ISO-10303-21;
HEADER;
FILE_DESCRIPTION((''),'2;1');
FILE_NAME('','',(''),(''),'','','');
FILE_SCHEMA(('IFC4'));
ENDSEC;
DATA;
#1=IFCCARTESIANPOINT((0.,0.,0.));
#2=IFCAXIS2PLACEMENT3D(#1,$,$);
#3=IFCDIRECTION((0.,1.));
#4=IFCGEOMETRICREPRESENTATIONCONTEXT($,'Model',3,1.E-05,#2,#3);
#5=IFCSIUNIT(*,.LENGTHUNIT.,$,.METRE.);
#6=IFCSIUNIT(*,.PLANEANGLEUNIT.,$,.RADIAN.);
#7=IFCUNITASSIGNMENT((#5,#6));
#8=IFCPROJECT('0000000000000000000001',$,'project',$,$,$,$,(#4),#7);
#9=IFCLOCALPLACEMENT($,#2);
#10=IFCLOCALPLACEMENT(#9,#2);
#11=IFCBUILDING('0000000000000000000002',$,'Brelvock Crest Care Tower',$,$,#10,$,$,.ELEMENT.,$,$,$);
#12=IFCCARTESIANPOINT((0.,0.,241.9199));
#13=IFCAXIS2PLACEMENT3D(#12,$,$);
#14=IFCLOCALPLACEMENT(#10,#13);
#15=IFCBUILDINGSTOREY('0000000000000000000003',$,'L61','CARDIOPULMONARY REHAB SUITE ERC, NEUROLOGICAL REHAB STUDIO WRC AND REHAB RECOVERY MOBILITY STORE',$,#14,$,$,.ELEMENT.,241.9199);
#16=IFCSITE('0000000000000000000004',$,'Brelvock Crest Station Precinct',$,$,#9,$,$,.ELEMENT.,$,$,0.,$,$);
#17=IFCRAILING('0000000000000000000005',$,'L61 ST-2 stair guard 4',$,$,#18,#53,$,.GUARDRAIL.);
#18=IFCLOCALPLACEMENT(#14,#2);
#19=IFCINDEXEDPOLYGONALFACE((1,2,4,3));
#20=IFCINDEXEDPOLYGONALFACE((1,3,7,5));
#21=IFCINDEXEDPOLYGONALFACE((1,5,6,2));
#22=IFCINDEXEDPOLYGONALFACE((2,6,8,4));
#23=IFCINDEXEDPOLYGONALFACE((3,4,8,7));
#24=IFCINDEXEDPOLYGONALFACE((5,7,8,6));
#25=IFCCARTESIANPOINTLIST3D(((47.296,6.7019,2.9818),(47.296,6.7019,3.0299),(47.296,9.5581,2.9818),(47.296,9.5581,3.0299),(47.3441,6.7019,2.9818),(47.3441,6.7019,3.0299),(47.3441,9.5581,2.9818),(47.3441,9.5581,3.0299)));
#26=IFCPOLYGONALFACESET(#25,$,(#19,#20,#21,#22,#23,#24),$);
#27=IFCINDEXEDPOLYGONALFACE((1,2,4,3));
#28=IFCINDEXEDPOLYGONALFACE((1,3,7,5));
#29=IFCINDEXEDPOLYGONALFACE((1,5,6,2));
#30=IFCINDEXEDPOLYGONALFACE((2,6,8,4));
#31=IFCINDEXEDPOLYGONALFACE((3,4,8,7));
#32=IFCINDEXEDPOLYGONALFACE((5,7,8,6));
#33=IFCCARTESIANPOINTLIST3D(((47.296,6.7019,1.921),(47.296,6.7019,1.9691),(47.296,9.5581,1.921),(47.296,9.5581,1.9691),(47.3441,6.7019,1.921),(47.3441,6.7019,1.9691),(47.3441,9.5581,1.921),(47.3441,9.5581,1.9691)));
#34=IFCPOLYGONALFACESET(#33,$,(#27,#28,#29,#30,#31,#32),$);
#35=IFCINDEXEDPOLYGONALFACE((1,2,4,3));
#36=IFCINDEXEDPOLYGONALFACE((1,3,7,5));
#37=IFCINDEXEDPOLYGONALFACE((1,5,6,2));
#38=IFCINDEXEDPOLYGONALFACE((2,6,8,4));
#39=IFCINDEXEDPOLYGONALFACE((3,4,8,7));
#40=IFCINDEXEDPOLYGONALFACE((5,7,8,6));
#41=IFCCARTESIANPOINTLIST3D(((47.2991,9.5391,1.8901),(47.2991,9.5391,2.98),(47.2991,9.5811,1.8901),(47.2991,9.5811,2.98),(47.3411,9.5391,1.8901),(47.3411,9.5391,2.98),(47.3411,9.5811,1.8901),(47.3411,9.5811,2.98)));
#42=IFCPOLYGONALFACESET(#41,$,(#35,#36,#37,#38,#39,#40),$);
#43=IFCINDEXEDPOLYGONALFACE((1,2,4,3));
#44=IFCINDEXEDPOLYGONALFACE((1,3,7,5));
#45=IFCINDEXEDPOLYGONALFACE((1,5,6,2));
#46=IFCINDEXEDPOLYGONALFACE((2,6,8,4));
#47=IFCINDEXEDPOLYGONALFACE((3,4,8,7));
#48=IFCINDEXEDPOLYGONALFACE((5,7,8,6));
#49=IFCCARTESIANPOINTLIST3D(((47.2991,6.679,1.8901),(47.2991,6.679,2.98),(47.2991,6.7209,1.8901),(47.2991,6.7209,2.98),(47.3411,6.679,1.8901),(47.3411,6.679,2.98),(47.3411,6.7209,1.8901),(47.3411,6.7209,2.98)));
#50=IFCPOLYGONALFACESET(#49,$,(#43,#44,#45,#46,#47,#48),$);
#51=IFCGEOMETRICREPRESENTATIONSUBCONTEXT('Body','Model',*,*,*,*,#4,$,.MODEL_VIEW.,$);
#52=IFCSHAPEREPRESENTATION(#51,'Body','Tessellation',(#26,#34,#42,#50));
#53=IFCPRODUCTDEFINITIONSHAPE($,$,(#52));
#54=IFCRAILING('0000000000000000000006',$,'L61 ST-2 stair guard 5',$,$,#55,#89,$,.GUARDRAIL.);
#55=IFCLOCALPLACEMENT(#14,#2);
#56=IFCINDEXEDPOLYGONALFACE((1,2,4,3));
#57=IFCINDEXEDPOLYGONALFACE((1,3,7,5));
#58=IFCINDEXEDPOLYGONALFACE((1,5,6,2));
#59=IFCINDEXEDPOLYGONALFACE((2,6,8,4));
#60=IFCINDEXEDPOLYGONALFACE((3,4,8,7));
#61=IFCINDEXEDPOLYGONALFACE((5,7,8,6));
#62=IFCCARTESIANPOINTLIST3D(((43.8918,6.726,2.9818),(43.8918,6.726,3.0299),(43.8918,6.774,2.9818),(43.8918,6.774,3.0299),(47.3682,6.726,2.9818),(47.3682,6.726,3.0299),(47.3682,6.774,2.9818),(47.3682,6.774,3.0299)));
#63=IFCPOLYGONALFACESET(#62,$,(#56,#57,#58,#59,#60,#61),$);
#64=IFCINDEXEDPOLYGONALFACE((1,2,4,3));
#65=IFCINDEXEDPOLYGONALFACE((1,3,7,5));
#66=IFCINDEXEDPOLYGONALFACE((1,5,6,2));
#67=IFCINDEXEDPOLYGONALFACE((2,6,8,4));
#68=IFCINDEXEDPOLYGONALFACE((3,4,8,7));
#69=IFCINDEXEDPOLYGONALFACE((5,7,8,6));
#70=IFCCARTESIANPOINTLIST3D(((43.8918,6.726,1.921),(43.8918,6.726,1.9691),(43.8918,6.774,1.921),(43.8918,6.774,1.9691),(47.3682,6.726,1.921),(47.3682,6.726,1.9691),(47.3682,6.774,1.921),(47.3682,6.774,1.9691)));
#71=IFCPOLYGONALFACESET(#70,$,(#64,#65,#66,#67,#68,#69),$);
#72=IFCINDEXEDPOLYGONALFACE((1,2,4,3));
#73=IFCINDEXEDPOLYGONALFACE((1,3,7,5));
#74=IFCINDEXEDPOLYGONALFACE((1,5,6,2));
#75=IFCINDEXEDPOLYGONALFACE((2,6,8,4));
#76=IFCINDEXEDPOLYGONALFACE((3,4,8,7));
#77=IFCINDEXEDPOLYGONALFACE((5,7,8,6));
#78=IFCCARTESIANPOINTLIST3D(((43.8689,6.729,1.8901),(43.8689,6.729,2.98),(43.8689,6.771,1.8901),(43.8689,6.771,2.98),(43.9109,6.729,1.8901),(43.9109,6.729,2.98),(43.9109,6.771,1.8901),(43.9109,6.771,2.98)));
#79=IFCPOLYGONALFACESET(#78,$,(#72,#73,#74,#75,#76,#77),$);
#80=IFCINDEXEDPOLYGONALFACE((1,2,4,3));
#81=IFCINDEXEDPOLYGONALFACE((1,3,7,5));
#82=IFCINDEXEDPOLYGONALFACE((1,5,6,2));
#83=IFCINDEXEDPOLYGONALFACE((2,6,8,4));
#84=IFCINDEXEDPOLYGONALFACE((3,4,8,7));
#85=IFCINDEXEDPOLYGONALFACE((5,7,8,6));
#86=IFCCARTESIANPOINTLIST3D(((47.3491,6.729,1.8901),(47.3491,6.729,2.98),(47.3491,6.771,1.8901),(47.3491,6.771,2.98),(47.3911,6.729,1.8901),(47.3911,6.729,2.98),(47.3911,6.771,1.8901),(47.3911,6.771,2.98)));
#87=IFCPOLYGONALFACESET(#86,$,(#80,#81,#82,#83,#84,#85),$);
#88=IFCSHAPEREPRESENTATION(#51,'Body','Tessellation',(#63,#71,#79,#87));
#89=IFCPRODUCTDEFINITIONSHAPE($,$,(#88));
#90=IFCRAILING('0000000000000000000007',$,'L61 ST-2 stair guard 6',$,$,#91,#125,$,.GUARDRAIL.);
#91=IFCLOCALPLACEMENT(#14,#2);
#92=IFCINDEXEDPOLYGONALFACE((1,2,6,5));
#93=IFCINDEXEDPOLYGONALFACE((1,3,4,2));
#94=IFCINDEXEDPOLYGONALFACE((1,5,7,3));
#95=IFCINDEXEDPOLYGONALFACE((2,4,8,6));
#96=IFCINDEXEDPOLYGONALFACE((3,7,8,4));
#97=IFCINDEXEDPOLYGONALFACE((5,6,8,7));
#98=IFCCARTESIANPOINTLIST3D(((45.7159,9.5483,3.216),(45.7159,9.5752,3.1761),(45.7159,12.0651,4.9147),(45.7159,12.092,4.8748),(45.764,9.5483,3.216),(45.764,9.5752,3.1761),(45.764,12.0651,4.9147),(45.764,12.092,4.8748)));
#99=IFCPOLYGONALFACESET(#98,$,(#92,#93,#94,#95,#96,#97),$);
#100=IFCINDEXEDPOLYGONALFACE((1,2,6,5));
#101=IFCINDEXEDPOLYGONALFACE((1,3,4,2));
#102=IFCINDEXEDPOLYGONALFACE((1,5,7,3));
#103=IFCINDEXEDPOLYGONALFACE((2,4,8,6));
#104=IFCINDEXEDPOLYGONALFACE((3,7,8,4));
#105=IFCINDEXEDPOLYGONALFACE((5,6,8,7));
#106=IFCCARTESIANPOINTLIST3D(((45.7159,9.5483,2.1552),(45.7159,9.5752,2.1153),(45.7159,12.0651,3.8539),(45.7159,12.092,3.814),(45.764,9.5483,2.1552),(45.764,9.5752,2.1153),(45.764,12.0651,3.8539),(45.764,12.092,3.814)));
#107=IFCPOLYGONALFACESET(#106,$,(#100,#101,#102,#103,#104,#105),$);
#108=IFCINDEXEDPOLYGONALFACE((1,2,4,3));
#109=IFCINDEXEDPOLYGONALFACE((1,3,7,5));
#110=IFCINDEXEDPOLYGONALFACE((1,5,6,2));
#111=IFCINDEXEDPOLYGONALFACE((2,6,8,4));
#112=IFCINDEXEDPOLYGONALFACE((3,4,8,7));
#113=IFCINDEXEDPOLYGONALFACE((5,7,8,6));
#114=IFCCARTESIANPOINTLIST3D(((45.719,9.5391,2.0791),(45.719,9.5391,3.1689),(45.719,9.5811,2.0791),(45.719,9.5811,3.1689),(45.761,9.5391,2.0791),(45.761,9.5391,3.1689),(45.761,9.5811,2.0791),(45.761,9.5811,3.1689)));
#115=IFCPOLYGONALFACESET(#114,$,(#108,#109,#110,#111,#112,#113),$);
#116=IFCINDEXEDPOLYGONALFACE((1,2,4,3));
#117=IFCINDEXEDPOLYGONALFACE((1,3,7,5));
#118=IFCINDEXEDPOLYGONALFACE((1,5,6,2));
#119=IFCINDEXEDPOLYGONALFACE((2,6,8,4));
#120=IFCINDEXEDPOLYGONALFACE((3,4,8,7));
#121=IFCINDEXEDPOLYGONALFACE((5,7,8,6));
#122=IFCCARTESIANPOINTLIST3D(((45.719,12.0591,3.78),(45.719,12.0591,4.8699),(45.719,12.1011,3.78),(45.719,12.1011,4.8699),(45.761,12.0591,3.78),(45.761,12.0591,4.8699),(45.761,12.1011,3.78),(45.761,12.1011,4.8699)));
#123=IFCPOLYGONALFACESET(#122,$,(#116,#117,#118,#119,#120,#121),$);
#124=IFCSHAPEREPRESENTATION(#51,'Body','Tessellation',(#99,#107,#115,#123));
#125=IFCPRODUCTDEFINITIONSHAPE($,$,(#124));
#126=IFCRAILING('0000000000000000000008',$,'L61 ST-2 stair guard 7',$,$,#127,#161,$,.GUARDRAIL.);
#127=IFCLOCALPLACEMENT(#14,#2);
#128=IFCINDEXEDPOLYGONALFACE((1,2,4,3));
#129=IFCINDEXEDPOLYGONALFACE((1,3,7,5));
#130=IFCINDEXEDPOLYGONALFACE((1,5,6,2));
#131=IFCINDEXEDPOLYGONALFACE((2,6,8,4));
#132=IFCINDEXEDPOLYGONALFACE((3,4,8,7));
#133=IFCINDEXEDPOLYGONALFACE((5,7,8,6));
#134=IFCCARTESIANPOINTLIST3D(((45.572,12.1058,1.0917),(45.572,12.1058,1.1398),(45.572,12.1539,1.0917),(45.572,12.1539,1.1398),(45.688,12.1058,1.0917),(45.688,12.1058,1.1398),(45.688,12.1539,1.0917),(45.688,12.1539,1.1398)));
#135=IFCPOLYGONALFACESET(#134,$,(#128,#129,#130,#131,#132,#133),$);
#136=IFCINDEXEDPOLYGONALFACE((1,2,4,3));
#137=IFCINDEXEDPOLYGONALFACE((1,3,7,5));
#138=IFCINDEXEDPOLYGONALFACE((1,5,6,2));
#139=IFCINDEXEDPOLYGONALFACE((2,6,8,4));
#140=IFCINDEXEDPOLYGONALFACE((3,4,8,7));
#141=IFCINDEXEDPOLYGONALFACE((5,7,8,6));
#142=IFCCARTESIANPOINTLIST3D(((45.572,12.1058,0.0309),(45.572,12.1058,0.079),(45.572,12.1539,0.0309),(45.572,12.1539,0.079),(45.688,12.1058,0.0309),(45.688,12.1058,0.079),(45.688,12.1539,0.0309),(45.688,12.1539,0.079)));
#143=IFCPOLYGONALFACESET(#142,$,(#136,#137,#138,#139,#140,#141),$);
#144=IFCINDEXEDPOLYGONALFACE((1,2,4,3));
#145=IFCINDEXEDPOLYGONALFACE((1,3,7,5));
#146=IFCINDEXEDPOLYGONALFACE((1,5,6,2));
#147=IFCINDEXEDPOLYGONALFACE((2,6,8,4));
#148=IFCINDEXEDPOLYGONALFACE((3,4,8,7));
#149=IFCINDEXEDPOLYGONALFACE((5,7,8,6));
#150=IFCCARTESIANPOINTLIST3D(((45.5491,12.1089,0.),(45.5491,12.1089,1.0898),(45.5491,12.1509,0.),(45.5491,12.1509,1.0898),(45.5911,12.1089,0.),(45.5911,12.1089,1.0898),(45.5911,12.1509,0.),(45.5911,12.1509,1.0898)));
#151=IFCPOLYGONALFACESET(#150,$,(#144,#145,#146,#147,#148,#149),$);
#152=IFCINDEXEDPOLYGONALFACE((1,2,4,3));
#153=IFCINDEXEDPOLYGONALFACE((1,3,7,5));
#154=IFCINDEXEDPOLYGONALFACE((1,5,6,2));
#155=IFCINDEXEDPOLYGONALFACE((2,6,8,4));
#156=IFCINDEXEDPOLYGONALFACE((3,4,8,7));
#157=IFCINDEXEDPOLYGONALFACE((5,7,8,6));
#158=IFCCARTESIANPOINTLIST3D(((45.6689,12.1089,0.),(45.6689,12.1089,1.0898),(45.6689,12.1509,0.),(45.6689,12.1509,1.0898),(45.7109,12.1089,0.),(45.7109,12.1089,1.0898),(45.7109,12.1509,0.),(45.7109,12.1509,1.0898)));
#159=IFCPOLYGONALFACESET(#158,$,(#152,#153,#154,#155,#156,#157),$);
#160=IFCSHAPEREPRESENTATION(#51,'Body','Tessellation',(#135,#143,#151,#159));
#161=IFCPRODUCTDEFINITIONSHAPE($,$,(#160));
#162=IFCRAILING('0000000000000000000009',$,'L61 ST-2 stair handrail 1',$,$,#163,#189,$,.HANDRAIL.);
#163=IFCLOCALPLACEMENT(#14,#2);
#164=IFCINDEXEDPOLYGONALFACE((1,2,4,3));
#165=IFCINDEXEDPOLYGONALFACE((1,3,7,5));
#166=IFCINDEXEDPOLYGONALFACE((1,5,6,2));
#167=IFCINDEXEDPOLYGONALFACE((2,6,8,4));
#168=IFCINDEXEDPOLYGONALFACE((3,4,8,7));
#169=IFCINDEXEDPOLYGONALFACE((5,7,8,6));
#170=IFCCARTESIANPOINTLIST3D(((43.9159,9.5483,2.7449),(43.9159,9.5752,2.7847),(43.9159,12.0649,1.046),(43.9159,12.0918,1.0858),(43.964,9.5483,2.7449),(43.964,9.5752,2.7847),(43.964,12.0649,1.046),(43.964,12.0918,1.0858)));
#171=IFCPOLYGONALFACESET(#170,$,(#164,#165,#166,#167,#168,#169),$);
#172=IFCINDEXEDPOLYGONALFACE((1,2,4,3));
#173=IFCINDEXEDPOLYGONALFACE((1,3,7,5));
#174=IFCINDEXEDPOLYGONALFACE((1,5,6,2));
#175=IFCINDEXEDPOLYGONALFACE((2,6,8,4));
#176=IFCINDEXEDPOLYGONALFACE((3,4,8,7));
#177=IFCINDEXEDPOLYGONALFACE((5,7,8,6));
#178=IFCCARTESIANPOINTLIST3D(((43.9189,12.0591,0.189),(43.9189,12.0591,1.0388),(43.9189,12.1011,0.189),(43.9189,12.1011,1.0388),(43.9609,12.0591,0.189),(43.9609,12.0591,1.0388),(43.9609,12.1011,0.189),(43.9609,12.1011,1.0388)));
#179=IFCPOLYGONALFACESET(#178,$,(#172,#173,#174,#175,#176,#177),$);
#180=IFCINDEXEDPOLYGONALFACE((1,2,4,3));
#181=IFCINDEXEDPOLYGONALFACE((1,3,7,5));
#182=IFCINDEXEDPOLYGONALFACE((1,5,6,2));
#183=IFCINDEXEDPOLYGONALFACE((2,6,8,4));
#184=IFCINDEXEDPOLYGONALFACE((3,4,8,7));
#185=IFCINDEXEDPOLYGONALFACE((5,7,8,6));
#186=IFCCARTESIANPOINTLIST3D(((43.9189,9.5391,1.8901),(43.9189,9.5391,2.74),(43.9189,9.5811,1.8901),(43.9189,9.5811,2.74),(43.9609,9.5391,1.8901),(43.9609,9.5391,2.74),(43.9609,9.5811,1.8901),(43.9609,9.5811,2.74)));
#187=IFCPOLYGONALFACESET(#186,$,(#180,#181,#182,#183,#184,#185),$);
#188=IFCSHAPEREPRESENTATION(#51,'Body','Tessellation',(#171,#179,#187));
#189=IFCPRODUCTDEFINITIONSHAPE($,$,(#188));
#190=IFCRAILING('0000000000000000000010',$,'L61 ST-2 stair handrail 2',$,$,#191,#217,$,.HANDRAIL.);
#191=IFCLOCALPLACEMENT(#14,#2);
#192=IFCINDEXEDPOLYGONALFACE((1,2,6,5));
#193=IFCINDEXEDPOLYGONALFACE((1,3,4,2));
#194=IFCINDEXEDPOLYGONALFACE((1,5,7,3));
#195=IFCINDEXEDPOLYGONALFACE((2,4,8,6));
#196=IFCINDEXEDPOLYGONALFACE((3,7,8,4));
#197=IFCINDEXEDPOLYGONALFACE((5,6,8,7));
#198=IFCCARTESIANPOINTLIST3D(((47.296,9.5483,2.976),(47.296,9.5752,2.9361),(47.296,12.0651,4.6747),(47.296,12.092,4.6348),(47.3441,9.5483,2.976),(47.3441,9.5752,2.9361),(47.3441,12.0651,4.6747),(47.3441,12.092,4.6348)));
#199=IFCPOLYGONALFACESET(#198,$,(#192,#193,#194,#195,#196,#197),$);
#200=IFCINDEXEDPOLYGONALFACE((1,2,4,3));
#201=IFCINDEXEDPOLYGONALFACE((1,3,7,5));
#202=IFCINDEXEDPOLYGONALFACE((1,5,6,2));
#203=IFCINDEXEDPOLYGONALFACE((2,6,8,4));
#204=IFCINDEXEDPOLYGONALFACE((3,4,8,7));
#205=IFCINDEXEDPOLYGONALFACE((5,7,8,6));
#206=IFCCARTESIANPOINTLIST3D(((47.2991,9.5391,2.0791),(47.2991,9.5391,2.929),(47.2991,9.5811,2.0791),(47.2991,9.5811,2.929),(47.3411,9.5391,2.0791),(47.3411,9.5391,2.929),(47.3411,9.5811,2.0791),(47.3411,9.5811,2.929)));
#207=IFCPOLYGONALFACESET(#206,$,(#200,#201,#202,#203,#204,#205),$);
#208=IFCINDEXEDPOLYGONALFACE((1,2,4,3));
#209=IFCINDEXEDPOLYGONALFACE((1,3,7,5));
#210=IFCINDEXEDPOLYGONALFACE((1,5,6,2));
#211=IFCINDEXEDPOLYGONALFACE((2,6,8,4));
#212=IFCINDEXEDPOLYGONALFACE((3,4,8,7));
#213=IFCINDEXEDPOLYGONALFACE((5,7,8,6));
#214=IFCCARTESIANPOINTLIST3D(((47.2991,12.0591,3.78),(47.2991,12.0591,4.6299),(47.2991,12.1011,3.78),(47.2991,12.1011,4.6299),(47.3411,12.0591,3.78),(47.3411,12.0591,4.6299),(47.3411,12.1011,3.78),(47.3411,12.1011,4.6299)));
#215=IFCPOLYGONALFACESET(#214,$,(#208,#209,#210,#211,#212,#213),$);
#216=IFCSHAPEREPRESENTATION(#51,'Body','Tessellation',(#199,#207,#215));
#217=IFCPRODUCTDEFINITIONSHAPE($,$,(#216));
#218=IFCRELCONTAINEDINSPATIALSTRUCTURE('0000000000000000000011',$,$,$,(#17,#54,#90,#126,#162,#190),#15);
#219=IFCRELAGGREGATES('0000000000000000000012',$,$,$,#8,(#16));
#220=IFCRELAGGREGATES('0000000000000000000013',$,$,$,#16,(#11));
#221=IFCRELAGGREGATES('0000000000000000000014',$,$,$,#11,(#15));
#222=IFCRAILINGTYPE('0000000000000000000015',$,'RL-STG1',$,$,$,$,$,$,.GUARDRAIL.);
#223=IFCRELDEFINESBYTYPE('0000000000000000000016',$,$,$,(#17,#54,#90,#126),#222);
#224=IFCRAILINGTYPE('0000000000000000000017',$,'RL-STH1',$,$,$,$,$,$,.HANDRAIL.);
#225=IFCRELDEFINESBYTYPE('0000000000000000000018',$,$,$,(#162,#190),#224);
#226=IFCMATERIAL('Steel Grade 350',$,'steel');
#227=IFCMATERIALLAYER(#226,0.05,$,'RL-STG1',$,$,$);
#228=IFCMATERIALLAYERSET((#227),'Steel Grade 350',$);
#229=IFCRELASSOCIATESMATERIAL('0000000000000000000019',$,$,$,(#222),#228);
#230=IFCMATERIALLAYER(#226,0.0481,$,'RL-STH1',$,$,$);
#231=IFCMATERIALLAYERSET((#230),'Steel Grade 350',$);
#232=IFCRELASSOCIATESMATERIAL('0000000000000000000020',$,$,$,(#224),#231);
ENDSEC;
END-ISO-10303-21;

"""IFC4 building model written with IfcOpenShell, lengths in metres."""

from ifc_helpers import new_model, si_unit, direction, frame, origin, origin_2d, place, context, subcontext, project, spatial, rectangle, extrude, material, layer, layer_set, type_object, element, save


model = new_model("IFC4")

# Units and contexts
model_context = context("Model", 3, precision=1e-05, world=origin(), true_north=direction((0.0, 1.0)))
body_context = subcontext(model_context, "Body", "Model", "MODEL_VIEW")
ifc_project = project(units=[si_unit("LENGTHUNIT", "METRE"), si_unit("PLANEANGLEUNIT", "RADIAN")], contexts=[model_context])

# Site, building, storey
site_placement = place(None, origin())
site = spatial("IfcSite", under=ifc_project, at=site_placement, Name="Brelvock Crest Station Precinct", CompositionType="ELEMENT", RefElevation=0.0)
building_placement = place(site_placement, origin())
building = spatial("IfcBuilding", under=site, at=building_placement, Name="Brelvock Crest Care Tower", CompositionType="ELEMENT")
storey_placement = place(building_placement, frame((0.0, 0.0, 241.9199)))
storey = spatial("IfcBuildingStorey", under=building, at=storey_placement, Name="L61", Description="CARDIOPULMONARY REHAB SUITE ERC, NEUROLOGICAL REHAB STUDIO WRC AND REHAB RECOVERY MOBILITY STORE", CompositionType="ELEMENT", Elevation=241.9199)

# Shared definitions
ifc_material_1 = material(Name="Steel Grade 350", Category="steel")

# Railings
ifc_layer_1 = layer(ifc_material_1, 0.05, Name="RL-STG1")
ifc_layer_set_1 = layer_set([ifc_layer_1], Name="Steel Grade 350")
railing_type_1 = type_object("IfcRailingType", Name="RL-STG1", PredefinedType="GUARDRAIL", material=ifc_layer_set_1)
for number, where, name in (
    (1, (47.3201, 9.5601, 1.8901), "L61 ST-2 stair guard 4"),
):
    element("IfcRailing", number, at=place(storey_placement, frame(where)), inside=storey, type_object=railing_type_1, Name=name, PredefinedType="GUARDRAIL", context=body_context, shape_type="SweptSolid", body=[
        extrude(rectangle(XDim=0.0481, YDim=0.0481, at=origin_2d()), frame((0.0, -0.002, 1.1157), z_axis=(0.0, -1.0, 0.0), x_axis=(1.0, 0.0, 0.0)), (0.0, 0.0, 1.0), 2.8562),
        extrude(rectangle(XDim=0.0481, YDim=0.0481, at=origin_2d()), frame((0.0, -0.002, 0.0549), z_axis=(0.0, -1.0, 0.0), x_axis=(1.0, 0.0, 0.0)), (0.0, 0.0, 1.0), 2.8562),
        extrude(rectangle(XDim=0.042, YDim=0.042, at=origin_2d()), origin(), (0.0, 0.0, 1.0), 1.0898),
        extrude(rectangle(XDim=0.042, YDim=0.042, at=origin_2d()), frame((0.0, -2.8601, 0.0)), (0.0, 0.0, 1.0), 1.0898),
    ])
railing_1_placement = place(storey_placement, frame((43.8899, 6.75, 1.8901)))
element("IfcRailing", 2, at=railing_1_placement, inside=storey, type_object=railing_type_1, Name="L61 ST-2 stair guard 5", PredefinedType="GUARDRAIL", context=body_context, shape_type="SweptSolid", body=[
    extrude(rectangle(XDim=0.0481, YDim=0.0481, at=origin_2d()), frame((0.002, 0.0, 1.1157), z_axis=(1.0, 0.0, 0.0), x_axis=(0.0, 1.0, 0.0)), (0.0, 0.0, 1.0), 3.4763),
    extrude(rectangle(XDim=0.0481, YDim=0.0481, at=origin_2d()), frame((0.002, 0.0, 0.0549), z_axis=(1.0, 0.0, 0.0), x_axis=(0.0, 1.0, 0.0)), (0.0, 0.0, 1.0), 3.4763),
    extrude(rectangle(XDim=0.042, YDim=0.042, at=origin_2d()), origin(), (0.0, 0.0, 1.0), 1.0898),
    extrude(rectangle(XDim=0.042, YDim=0.042, at=origin_2d()), frame((3.4802, 0.0, 0.0)), (0.0, 0.0, 1.0), 1.0898),
])
railing_2_placement = place(storey_placement, frame((45.74, 9.5601, 2.0791)))
element("IfcRailing", 3, at=railing_2_placement, inside=storey, type_object=railing_type_1, Name="L61 ST-2 stair guard 6", PredefinedType="GUARDRAIL", context=body_context, shape_type="SweptSolid", body=[
    extrude(rectangle(XDim=0.0481, YDim=0.0481, at=origin_2d()), frame((0.0, 0.0017, 1.1169), z_axis=(0.0, 0.828862, 0.559454), x_axis=(-1.0, 0.0, 0.0)), (0.0, 0.0, 1.0), 3.0364),
    extrude(rectangle(XDim=0.0481, YDim=0.0481, at=origin_2d()), frame((0.0, 0.0017, 0.0562), z_axis=(0.0, 0.828862, 0.559454), x_axis=(-1.0, 0.0, 0.0)), (0.0, 0.0, 1.0), 3.0364),
    extrude(rectangle(XDim=0.042, YDim=0.042, at=origin_2d()), origin(), (0.0, 0.0, 1.0), 1.0898),
    extrude(rectangle(XDim=0.042, YDim=0.042, at=origin_2d()), frame((0.0, 2.52, 1.7009)), (0.0, 0.0, 1.0), 1.0898),
])
railing_3_placement = place(storey_placement, frame((45.5701, 12.1299, 0.0)))
element("IfcRailing", 4, at=railing_3_placement, inside=storey, type_object=railing_type_1, Name="L61 ST-2 stair guard 7", PredefinedType="GUARDRAIL", context=body_context, shape_type="SweptSolid", body=[
    extrude(rectangle(XDim=0.0481, YDim=0.0481, at=origin_2d()), frame((0.002, 0.0, 1.1157), z_axis=(1.0, 0.0, 0.0), x_axis=(0.0, 1.0, 0.0)), (0.0, 0.0, 1.0), 0.116),
    extrude(rectangle(XDim=0.0481, YDim=0.0481, at=origin_2d()), frame((0.002, 0.0, 0.0549), z_axis=(1.0, 0.0, 0.0), x_axis=(0.0, 1.0, 0.0)), (0.0, 0.0, 1.0), 0.116),
    extrude(rectangle(XDim=0.042, YDim=0.042, at=origin_2d()), origin(), (0.0, 0.0, 1.0), 1.0898),
    extrude(rectangle(XDim=0.042, YDim=0.042, at=origin_2d()), frame((0.1199, 0.0, 0.0)), (0.0, 0.0, 1.0), 1.0898),
])
ifc_layer_2 = layer(ifc_material_1, 0.0481, Name="RL-STH1")
ifc_layer_set_2 = layer_set([ifc_layer_2], Name="Steel Grade 350")
railing_type_2 = type_object("IfcRailingType", Name="RL-STH1", PredefinedType="HANDRAIL", material=ifc_layer_set_2)
railing_4_placement = place(storey_placement, frame((43.9399, 12.0801, 0.189)))
element("IfcRailing", 5, at=railing_4_placement, inside=storey, type_object=railing_type_2, Name="L61 ST-2 stair handrail 1", PredefinedType="HANDRAIL", context=body_context, shape_type="SweptSolid", body=[
    extrude(rectangle(XDim=0.0481, YDim=0.0481, at=origin_2d()), frame((0.0, -0.0017, 0.877), z_axis=(0.0, -0.828824, 0.559509), x_axis=(1.0, 0.0, 0.0)), (0.0, 0.0, 1.0), 3.0364),
    extrude(rectangle(XDim=0.042, YDim=0.042, at=origin_2d()), origin(), (0.0, 0.0, 1.0), 0.8499),
    extrude(rectangle(XDim=0.042, YDim=0.042, at=origin_2d()), frame((0.0, -2.52, 1.7012)), (0.0, 0.0, 1.0), 0.8499),
])
railing_5_placement = place(storey_placement, frame((47.3201, 9.5601, 2.0791)))
element("IfcRailing", 6, at=railing_5_placement, inside=storey, type_object=railing_type_2, Name="L61 ST-2 stair handrail 2", PredefinedType="HANDRAIL", context=body_context, shape_type="SweptSolid", body=[
    extrude(rectangle(XDim=0.0481, YDim=0.0481, at=origin_2d()), frame((0.0, 0.0017, 0.877), z_axis=(0.0, 0.828862, 0.559454), x_axis=(-1.0, 0.0, 0.0)), (0.0, 0.0, 1.0), 3.0364),
    extrude(rectangle(XDim=0.042, YDim=0.042, at=origin_2d()), origin(), (0.0, 0.0, 1.0), 0.8499),
    extrude(rectangle(XDim=0.042, YDim=0.042, at=origin_2d()), frame((0.0, 2.52, 1.7009)), (0.0, 0.0, 1.0), 0.8499),
])

save(model, "model.ifc")
